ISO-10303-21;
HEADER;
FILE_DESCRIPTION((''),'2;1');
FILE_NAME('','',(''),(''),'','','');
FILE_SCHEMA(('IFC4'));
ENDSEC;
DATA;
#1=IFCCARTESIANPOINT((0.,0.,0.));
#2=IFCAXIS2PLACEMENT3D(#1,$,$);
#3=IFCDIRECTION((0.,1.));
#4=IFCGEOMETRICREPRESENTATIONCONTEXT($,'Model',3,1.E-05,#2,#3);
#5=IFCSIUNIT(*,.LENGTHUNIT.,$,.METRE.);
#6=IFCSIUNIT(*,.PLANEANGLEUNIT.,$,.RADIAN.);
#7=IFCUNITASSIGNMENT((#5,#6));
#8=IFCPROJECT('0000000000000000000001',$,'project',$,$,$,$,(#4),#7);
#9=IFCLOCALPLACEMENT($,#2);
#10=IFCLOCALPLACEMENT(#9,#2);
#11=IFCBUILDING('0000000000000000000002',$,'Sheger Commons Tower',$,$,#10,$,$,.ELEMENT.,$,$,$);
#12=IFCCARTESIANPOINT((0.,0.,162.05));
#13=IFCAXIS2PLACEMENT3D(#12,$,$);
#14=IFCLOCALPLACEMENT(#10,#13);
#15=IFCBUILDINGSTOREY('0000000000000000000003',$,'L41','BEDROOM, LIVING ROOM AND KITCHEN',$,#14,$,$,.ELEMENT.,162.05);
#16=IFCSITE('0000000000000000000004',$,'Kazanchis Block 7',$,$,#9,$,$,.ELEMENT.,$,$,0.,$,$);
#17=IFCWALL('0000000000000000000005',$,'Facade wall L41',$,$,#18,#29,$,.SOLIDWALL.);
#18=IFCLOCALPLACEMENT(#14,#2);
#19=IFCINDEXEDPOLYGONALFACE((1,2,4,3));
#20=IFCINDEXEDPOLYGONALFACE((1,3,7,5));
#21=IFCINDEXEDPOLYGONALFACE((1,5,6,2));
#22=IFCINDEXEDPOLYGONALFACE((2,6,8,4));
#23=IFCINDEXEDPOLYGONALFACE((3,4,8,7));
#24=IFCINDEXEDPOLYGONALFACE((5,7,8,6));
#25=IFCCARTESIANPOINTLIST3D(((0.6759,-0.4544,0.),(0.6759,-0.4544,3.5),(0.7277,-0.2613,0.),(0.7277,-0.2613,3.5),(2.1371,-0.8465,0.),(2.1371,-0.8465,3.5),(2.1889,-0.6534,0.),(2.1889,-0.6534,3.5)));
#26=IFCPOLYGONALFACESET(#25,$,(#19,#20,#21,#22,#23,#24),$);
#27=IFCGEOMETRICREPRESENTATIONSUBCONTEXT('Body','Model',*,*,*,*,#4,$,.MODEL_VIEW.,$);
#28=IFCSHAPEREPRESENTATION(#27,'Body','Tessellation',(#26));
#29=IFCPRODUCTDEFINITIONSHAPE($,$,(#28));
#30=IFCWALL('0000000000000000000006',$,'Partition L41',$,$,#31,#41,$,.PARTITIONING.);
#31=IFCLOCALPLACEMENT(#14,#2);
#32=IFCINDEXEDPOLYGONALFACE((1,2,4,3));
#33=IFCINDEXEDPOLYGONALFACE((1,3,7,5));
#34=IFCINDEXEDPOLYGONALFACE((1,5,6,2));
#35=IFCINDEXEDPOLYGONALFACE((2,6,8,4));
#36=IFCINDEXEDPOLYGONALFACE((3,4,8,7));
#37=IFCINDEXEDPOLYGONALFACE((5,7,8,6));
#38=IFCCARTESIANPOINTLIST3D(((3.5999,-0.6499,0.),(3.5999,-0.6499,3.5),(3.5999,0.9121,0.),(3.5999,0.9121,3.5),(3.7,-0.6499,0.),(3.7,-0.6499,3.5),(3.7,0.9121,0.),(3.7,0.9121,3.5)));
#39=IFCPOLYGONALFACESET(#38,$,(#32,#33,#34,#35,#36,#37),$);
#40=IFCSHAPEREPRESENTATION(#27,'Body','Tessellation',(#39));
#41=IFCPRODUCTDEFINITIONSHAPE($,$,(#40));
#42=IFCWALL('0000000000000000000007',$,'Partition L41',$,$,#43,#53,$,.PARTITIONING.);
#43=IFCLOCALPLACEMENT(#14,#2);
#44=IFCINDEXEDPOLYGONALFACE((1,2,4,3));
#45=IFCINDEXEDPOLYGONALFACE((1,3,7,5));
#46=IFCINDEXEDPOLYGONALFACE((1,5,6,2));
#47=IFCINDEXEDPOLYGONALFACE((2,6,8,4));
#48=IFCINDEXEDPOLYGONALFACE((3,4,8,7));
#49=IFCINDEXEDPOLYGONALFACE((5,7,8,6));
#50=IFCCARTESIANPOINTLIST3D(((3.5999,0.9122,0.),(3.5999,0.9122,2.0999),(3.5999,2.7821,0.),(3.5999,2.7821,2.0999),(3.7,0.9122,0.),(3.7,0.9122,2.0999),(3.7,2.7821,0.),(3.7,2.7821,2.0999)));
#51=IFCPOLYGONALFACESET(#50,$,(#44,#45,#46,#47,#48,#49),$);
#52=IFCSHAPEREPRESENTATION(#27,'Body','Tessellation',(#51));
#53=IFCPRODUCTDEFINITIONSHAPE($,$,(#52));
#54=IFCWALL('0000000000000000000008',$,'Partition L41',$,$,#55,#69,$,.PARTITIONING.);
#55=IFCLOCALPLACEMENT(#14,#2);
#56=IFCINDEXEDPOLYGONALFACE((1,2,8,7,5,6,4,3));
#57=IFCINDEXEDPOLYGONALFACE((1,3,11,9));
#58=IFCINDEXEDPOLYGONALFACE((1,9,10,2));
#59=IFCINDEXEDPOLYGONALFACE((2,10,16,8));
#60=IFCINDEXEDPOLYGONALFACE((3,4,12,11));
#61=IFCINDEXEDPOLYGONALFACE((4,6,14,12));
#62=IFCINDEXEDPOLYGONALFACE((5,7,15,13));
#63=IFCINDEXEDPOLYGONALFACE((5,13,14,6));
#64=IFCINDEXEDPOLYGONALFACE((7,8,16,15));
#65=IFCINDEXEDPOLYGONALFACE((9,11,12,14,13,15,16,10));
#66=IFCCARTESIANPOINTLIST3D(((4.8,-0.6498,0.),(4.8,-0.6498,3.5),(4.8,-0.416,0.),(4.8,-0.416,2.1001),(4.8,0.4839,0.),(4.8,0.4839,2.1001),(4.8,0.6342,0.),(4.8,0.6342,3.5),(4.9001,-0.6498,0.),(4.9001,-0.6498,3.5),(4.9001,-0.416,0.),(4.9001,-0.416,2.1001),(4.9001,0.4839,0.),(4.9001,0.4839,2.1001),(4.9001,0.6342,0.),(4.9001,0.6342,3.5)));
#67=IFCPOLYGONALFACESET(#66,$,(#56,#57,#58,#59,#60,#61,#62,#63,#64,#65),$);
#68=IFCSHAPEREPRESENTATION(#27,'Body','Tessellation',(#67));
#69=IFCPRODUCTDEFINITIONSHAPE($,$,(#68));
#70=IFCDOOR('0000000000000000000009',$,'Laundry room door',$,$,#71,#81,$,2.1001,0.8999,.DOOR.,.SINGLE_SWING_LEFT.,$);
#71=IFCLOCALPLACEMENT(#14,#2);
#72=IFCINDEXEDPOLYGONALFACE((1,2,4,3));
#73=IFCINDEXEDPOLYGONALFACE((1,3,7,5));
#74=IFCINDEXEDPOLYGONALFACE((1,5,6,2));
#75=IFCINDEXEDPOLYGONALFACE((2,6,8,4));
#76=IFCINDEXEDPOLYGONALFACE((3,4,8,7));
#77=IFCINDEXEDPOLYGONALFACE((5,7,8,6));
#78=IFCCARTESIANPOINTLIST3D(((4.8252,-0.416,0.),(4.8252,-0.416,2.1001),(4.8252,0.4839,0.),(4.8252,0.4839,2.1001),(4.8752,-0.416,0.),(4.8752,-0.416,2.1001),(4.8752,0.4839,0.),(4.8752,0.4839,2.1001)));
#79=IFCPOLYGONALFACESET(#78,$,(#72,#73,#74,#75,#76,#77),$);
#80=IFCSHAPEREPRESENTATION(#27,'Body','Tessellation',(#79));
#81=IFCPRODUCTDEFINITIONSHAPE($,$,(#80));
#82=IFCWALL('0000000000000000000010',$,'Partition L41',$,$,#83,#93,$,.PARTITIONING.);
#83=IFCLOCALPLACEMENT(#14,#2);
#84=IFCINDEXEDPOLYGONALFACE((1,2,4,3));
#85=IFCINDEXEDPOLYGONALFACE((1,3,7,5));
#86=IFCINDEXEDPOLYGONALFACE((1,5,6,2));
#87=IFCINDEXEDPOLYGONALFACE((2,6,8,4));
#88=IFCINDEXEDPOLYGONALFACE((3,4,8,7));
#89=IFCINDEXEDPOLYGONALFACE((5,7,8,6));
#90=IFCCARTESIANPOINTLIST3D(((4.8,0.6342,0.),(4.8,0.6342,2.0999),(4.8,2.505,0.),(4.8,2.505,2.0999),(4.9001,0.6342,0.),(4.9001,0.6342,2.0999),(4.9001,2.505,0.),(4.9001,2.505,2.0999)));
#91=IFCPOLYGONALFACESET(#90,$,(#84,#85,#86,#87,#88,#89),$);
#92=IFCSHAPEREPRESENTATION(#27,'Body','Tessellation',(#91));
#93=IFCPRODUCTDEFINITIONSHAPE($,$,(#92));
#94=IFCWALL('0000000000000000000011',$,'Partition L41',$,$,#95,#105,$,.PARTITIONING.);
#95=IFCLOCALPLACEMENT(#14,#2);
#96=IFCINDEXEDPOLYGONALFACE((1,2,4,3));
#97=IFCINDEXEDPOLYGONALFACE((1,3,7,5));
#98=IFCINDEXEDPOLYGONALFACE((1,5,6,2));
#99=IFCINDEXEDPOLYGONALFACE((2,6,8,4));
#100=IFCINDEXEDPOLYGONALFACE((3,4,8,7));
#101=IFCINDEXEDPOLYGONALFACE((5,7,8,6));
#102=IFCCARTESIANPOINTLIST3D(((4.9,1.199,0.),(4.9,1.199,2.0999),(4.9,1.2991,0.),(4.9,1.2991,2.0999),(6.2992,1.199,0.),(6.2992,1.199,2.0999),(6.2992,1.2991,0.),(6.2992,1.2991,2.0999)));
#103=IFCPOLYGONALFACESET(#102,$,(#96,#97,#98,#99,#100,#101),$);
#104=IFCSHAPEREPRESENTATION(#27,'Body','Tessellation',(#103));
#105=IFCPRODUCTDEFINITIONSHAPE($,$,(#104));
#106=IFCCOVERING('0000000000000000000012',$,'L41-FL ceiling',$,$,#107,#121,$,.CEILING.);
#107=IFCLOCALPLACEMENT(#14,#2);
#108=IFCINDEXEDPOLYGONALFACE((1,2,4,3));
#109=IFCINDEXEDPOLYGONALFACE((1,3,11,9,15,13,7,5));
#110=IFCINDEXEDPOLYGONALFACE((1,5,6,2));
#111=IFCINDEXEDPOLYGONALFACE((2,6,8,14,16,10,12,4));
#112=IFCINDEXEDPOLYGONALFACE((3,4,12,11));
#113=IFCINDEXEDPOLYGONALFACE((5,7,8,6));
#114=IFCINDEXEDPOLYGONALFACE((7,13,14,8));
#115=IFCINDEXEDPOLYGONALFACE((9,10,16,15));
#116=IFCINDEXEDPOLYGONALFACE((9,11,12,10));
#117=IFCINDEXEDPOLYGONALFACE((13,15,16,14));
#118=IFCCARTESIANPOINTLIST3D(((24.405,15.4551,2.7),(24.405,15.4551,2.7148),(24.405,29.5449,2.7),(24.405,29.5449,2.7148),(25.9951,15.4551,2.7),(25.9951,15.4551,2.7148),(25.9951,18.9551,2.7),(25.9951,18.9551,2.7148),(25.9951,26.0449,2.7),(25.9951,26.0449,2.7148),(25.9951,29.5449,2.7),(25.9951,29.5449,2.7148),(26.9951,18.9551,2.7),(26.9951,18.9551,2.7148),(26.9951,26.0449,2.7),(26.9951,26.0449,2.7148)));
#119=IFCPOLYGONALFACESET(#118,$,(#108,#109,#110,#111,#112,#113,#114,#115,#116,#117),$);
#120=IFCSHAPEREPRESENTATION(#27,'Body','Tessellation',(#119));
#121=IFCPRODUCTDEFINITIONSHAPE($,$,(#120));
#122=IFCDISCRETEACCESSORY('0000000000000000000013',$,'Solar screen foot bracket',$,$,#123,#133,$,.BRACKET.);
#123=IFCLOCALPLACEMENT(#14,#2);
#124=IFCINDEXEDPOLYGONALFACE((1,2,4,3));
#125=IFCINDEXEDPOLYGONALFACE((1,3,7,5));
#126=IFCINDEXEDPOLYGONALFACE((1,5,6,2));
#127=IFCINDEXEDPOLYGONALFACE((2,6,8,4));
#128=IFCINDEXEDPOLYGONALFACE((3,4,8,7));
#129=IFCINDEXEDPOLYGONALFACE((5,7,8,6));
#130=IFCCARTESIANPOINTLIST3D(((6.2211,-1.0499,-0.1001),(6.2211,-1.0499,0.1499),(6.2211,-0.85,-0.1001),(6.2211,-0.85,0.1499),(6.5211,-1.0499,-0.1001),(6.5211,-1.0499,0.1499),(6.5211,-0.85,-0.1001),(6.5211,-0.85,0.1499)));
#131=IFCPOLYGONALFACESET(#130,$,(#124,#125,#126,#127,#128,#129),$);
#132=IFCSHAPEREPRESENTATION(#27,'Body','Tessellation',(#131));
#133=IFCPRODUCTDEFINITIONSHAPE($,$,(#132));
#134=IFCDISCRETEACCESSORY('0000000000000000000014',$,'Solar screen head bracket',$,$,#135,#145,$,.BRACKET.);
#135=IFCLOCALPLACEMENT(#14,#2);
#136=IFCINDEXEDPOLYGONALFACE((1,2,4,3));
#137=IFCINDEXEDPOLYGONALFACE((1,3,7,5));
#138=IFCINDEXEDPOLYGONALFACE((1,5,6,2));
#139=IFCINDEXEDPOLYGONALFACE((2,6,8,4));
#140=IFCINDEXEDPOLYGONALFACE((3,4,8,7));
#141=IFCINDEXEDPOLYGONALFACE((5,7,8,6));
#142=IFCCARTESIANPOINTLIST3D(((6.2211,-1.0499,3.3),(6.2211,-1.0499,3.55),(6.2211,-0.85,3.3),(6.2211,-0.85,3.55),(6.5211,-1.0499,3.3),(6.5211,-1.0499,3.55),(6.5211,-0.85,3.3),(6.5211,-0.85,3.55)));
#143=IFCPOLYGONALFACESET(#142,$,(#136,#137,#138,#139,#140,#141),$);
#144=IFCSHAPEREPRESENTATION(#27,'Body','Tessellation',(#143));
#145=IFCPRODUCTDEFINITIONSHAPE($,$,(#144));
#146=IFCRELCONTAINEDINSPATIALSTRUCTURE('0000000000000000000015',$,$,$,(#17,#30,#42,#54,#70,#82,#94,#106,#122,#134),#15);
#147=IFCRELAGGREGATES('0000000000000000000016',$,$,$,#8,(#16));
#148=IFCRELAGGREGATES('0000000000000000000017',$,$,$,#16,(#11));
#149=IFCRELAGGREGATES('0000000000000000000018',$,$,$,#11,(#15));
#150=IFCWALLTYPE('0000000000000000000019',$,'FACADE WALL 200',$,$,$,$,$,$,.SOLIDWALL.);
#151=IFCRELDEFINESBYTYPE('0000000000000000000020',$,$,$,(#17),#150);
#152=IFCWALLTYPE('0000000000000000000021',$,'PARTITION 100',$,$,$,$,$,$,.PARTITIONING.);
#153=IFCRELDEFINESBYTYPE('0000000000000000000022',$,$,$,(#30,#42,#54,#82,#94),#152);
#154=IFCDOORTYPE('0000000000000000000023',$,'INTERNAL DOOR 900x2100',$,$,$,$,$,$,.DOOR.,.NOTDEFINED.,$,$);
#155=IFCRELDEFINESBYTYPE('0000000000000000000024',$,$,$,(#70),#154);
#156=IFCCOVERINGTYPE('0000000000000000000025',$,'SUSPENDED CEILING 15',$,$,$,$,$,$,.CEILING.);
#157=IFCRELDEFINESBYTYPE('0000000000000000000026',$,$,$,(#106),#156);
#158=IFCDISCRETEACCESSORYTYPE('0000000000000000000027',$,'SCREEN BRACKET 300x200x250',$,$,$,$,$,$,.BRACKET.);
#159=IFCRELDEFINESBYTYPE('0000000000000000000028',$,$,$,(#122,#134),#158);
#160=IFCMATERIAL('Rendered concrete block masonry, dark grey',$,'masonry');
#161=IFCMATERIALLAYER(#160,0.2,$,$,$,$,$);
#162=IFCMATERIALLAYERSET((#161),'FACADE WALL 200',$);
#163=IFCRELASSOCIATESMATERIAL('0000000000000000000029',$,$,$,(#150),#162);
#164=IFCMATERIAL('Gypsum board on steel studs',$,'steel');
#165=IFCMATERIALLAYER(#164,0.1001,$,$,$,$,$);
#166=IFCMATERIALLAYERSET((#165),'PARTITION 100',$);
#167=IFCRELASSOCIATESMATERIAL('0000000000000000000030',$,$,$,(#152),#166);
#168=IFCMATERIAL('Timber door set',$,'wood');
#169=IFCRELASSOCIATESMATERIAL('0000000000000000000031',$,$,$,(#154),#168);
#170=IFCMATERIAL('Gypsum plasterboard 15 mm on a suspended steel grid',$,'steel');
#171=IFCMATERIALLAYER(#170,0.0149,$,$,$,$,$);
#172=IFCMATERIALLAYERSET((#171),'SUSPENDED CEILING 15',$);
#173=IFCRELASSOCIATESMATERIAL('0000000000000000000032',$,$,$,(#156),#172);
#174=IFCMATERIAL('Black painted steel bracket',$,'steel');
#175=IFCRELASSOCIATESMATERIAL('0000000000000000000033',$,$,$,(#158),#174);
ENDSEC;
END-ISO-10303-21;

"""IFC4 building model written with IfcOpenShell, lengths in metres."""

from ifc_helpers import new_model, si_unit, direction, frame, frame_2d, origin, origin_2d, place, context, subcontext, project, spatial, polyline, rectangle, outline, extrude, material, layer, layer_set, type_object, element, fill, save


model = new_model("IFC4")

# Units and contexts
model_context = context("Model", 3, precision=1e-05, world=origin(), true_north=direction((0.0, 1.0)))
body_context = subcontext(model_context, "Body", "Model", "MODEL_VIEW")
ifc_project = project(units=[si_unit("LENGTHUNIT", "METRE"), si_unit("PLANEANGLEUNIT", "RADIAN")], contexts=[model_context])

# Site, building, storey
site_placement = place(None, origin())
site = spatial("IfcSite", under=ifc_project, at=site_placement, Name="Kazanchis Block 7", CompositionType="ELEMENT", RefElevation=0.0)
building_placement = place(site_placement, origin())
building = spatial("IfcBuilding", under=site, at=building_placement, Name="Sheger Commons Tower", CompositionType="ELEMENT")
storey_placement = place(building_placement, frame((0.0, 0.0, 162.05)))
storey = spatial("IfcBuildingStorey", under=building, at=storey_placement, Name="L41", Description="BEDROOM, LIVING ROOM AND KITCHEN", CompositionType="ELEMENT", Elevation=162.05)

# Shared definitions
ifc_material_1 = material(Name="Rendered concrete block masonry, dark grey", Category="masonry")
ifc_layer_1 = layer(ifc_material_1, 0.2)
ifc_layer_set_1 = layer_set([ifc_layer_1], Name="FACADE WALL 200")
wall_type_1 = type_object("IfcWallType", Name="FACADE WALL 200", PredefinedType="SOLIDWALL", material=ifc_layer_set_1)

# Walls
wall_1_placement = place(storey_placement, frame((0.7019, -0.3579, 0.0), z_axis=(0.0, 0.0, 1.0), x_axis=(0.965832, -0.259169, 0.0)))
element("IfcWall", 1, at=wall_1_placement, inside=storey, type_object=wall_type_1, Name="Facade wall L41", PredefinedType="SOLIDWALL", context=body_context, shape_type="SweptSolid", body=[
    extrude(rectangle(XDim=1.5129, YDim=0.2, at=frame_2d((0.7563, 0.0))), origin(), (0.0, 0.0, 1.0), 3.5),
])
ifc_material_2 = material(Name="Gypsum board on steel studs", Category="steel")
ifc_layer_2 = layer(ifc_material_2, 0.1001)
ifc_layer_set_2 = layer_set([ifc_layer_2], Name="PARTITION 100")
wall_type_2 = type_object("IfcWallType", Name="PARTITION 100", PredefinedType="PARTITIONING", material=ifc_layer_set_2)
wall_2_placement = place(storey_placement, frame((3.6499, -0.6499, 0.0), z_axis=(0.0, 0.0, 1.0), x_axis=(0.0, 1.0, 0.0)))
element("IfcWall", 2, at=wall_2_placement, inside=storey, type_object=wall_type_2, Name="Partition L41", PredefinedType="PARTITIONING", context=body_context, shape_type="SweptSolid", body=[
    extrude(rectangle(XDim=1.562, YDim=0.1001, at=frame_2d((0.781, 0.0))), origin(), (0.0, 0.0, 1.0), 3.5),
])
wall_3_placement = place(storey_placement, frame((3.6499, 0.9121, 0.0), z_axis=(0.0, 0.0, 1.0), x_axis=(0.0, 1.0, 0.0)))
element("IfcWall", 3, at=wall_3_placement, inside=storey, type_object=wall_type_2, Name="Partition L41", PredefinedType="PARTITIONING", context=body_context, shape_type="SweptSolid", body=[
    extrude(rectangle(XDim=1.8699, YDim=0.1001, at=frame_2d((0.9351, 0.0))), origin(), (0.0, 0.0, 1.0), 2.0999),
])

# Wall, opening, door
wall_4_placement = place(storey_placement, frame((4.8501, -0.6499, 0.0), z_axis=(0.0, 0.0, 1.0), x_axis=(0.0, 1.0, 0.0)))
wall_4 = element("IfcWall", 4, at=wall_4_placement, inside=storey, type_object=wall_type_2, Name="Partition L41", PredefinedType="PARTITIONING", context=body_context, shape_type="SweptSolid", body=[
    extrude(rectangle(XDim=1.2839, YDim=0.1001, at=frame_2d((0.6421, 0.0))), origin(), (0.0, 0.0, 1.0), 3.5),
])
opening_1_placement = place(wall_4_placement, frame((0.2339, 0.0, 0.0)))
opening_1 = element("IfcOpeningElement", 5, at=opening_1_placement, cuts=wall_4, PredefinedType="OPENING", context=body_context, shape_type="SweptSolid", body=[
    extrude(rectangle(XDim=0.8999, YDim=2.1001, at=frame_2d((0.45, 1.05))), frame((0.0, 0.0601, 0.0), z_axis=(0.0, -1.0, 0.0), x_axis=(1.0, 0.0, 0.0)), (0.0, 0.0, 1.0), 0.1201),
])
ifc_material_3 = material(Name="Timber door set", Category="wood")
door_type = type_object("IfcDoorType", Name="INTERNAL DOOR 900x2100", OperationType="NOTDEFINED", PredefinedType="DOOR", material=ifc_material_3)
door_placement = place(opening_1_placement, origin())
door = element("IfcDoor", 6, at=door_placement, inside=storey, type_object=door_type, Name="Laundry room door", OperationType="SINGLE_SWING_LEFT", OverallHeight=2.1001, OverallWidth=0.8999, PredefinedType="DOOR", context=body_context, shape_type="SweptSolid", body=[
    extrude(rectangle(XDim=0.8999, YDim=2.1001, at=frame_2d((0.45, 1.05))), frame((0.0, 0.0249, 0.0), z_axis=(0.0, -1.0, 0.0), x_axis=(1.0, 0.0, 0.0)), (0.0, 0.0, 1.0), 0.05),
])
fill(opening_1, door)

# Walls
wall_5_placement = place(storey_placement, frame((4.8501, 0.634, 0.0), z_axis=(0.0, 0.0, 1.0), x_axis=(0.0, 1.0, 0.0)))
element("IfcWall", 7, at=wall_5_placement, inside=storey, type_object=wall_type_2, Name="Partition L41", PredefinedType="PARTITIONING", context=body_context, shape_type="SweptSolid", body=[
    extrude(rectangle(XDim=1.8708, YDim=0.1001, at=frame_2d((0.9355, 0.0))), origin(), (0.0, 0.0, 1.0), 2.0999),
])
wall_6_placement = place(storey_placement, frame((4.8999, 1.249, 0.0), z_axis=(0.0, 0.0, 1.0), x_axis=(1.0, 0.0, 0.0)))
element("IfcWall", 8, at=wall_6_placement, inside=storey, type_object=wall_type_2, Name="Partition L41", PredefinedType="PARTITIONING", context=body_context, shape_type="SweptSolid", body=[
    extrude(rectangle(XDim=1.3992, YDim=0.1001, at=frame_2d((0.6997, 0.0))), origin(), (0.0, 0.0, 1.0), 2.0999),
])

# Covering
ifc_material_4 = material(Name="Gypsum plasterboard 15 mm on a suspended steel grid", Category="steel")
ifc_layer_3 = layer(ifc_material_4, 0.0149)
ifc_layer_set_3 = layer_set([ifc_layer_3], Name="SUSPENDED CEILING 15")
covering_type = type_object("IfcCoveringType", Name="SUSPENDED CEILING 15", PredefinedType="CEILING", material=ifc_layer_set_3)
covering_placement = place(storey_placement, frame((0.0, 0.0, 2.7)))
element("IfcCovering", 9, at=covering_placement, inside=storey, type_object=covering_type, Name="L41-FL ceiling", PredefinedType="CEILING", context=body_context, shape_type="SweptSolid", body=[
    extrude(outline(polyline([(24.405, 15.4551), (25.9951, 15.4551), (25.9951, 18.9551), (26.9951, 18.9551), (26.9951, 26.0449), (25.9951, 26.0449), (25.9951, 29.5449), (24.405, 29.5449), (24.405, 15.4551)])), origin(), (0.0, 0.0, 1.0), 0.0149),
])

# Discrete accessories
ifc_material_5 = material(Name="Black painted steel bracket", Category="steel")
discrete_accessory_type = type_object("IfcDiscreteAccessoryType", Name="SCREEN BRACKET 300x200x250", PredefinedType="BRACKET", material=ifc_material_5)
for number, where, z_axis, x_axis, name in (
    (10, (6.3711, -0.95, -0.1001), (0.0, 0.0, 1.0), (1.0, 0.0, 0.0), "Solar screen foot bracket"),
    (11, (6.3711, -0.95, 3.3), (0.0, 0.0, 1.0), (1.0, 0.0, 0.0), "Solar screen head bracket"),
):
    element("IfcDiscreteAccessory", number, at=place(storey_placement, frame(where, z_axis=z_axis, x_axis=x_axis)), inside=storey, type_object=discrete_accessory_type, Name=name, PredefinedType="BRACKET", context=body_context, shape_type="SweptSolid", body=[
        extrude(rectangle(XDim=0.3, YDim=0.2, at=origin_2d()), origin(), (0.0, 0.0, 1.0), 0.25),
    ])

save(model, "model.ifc")
